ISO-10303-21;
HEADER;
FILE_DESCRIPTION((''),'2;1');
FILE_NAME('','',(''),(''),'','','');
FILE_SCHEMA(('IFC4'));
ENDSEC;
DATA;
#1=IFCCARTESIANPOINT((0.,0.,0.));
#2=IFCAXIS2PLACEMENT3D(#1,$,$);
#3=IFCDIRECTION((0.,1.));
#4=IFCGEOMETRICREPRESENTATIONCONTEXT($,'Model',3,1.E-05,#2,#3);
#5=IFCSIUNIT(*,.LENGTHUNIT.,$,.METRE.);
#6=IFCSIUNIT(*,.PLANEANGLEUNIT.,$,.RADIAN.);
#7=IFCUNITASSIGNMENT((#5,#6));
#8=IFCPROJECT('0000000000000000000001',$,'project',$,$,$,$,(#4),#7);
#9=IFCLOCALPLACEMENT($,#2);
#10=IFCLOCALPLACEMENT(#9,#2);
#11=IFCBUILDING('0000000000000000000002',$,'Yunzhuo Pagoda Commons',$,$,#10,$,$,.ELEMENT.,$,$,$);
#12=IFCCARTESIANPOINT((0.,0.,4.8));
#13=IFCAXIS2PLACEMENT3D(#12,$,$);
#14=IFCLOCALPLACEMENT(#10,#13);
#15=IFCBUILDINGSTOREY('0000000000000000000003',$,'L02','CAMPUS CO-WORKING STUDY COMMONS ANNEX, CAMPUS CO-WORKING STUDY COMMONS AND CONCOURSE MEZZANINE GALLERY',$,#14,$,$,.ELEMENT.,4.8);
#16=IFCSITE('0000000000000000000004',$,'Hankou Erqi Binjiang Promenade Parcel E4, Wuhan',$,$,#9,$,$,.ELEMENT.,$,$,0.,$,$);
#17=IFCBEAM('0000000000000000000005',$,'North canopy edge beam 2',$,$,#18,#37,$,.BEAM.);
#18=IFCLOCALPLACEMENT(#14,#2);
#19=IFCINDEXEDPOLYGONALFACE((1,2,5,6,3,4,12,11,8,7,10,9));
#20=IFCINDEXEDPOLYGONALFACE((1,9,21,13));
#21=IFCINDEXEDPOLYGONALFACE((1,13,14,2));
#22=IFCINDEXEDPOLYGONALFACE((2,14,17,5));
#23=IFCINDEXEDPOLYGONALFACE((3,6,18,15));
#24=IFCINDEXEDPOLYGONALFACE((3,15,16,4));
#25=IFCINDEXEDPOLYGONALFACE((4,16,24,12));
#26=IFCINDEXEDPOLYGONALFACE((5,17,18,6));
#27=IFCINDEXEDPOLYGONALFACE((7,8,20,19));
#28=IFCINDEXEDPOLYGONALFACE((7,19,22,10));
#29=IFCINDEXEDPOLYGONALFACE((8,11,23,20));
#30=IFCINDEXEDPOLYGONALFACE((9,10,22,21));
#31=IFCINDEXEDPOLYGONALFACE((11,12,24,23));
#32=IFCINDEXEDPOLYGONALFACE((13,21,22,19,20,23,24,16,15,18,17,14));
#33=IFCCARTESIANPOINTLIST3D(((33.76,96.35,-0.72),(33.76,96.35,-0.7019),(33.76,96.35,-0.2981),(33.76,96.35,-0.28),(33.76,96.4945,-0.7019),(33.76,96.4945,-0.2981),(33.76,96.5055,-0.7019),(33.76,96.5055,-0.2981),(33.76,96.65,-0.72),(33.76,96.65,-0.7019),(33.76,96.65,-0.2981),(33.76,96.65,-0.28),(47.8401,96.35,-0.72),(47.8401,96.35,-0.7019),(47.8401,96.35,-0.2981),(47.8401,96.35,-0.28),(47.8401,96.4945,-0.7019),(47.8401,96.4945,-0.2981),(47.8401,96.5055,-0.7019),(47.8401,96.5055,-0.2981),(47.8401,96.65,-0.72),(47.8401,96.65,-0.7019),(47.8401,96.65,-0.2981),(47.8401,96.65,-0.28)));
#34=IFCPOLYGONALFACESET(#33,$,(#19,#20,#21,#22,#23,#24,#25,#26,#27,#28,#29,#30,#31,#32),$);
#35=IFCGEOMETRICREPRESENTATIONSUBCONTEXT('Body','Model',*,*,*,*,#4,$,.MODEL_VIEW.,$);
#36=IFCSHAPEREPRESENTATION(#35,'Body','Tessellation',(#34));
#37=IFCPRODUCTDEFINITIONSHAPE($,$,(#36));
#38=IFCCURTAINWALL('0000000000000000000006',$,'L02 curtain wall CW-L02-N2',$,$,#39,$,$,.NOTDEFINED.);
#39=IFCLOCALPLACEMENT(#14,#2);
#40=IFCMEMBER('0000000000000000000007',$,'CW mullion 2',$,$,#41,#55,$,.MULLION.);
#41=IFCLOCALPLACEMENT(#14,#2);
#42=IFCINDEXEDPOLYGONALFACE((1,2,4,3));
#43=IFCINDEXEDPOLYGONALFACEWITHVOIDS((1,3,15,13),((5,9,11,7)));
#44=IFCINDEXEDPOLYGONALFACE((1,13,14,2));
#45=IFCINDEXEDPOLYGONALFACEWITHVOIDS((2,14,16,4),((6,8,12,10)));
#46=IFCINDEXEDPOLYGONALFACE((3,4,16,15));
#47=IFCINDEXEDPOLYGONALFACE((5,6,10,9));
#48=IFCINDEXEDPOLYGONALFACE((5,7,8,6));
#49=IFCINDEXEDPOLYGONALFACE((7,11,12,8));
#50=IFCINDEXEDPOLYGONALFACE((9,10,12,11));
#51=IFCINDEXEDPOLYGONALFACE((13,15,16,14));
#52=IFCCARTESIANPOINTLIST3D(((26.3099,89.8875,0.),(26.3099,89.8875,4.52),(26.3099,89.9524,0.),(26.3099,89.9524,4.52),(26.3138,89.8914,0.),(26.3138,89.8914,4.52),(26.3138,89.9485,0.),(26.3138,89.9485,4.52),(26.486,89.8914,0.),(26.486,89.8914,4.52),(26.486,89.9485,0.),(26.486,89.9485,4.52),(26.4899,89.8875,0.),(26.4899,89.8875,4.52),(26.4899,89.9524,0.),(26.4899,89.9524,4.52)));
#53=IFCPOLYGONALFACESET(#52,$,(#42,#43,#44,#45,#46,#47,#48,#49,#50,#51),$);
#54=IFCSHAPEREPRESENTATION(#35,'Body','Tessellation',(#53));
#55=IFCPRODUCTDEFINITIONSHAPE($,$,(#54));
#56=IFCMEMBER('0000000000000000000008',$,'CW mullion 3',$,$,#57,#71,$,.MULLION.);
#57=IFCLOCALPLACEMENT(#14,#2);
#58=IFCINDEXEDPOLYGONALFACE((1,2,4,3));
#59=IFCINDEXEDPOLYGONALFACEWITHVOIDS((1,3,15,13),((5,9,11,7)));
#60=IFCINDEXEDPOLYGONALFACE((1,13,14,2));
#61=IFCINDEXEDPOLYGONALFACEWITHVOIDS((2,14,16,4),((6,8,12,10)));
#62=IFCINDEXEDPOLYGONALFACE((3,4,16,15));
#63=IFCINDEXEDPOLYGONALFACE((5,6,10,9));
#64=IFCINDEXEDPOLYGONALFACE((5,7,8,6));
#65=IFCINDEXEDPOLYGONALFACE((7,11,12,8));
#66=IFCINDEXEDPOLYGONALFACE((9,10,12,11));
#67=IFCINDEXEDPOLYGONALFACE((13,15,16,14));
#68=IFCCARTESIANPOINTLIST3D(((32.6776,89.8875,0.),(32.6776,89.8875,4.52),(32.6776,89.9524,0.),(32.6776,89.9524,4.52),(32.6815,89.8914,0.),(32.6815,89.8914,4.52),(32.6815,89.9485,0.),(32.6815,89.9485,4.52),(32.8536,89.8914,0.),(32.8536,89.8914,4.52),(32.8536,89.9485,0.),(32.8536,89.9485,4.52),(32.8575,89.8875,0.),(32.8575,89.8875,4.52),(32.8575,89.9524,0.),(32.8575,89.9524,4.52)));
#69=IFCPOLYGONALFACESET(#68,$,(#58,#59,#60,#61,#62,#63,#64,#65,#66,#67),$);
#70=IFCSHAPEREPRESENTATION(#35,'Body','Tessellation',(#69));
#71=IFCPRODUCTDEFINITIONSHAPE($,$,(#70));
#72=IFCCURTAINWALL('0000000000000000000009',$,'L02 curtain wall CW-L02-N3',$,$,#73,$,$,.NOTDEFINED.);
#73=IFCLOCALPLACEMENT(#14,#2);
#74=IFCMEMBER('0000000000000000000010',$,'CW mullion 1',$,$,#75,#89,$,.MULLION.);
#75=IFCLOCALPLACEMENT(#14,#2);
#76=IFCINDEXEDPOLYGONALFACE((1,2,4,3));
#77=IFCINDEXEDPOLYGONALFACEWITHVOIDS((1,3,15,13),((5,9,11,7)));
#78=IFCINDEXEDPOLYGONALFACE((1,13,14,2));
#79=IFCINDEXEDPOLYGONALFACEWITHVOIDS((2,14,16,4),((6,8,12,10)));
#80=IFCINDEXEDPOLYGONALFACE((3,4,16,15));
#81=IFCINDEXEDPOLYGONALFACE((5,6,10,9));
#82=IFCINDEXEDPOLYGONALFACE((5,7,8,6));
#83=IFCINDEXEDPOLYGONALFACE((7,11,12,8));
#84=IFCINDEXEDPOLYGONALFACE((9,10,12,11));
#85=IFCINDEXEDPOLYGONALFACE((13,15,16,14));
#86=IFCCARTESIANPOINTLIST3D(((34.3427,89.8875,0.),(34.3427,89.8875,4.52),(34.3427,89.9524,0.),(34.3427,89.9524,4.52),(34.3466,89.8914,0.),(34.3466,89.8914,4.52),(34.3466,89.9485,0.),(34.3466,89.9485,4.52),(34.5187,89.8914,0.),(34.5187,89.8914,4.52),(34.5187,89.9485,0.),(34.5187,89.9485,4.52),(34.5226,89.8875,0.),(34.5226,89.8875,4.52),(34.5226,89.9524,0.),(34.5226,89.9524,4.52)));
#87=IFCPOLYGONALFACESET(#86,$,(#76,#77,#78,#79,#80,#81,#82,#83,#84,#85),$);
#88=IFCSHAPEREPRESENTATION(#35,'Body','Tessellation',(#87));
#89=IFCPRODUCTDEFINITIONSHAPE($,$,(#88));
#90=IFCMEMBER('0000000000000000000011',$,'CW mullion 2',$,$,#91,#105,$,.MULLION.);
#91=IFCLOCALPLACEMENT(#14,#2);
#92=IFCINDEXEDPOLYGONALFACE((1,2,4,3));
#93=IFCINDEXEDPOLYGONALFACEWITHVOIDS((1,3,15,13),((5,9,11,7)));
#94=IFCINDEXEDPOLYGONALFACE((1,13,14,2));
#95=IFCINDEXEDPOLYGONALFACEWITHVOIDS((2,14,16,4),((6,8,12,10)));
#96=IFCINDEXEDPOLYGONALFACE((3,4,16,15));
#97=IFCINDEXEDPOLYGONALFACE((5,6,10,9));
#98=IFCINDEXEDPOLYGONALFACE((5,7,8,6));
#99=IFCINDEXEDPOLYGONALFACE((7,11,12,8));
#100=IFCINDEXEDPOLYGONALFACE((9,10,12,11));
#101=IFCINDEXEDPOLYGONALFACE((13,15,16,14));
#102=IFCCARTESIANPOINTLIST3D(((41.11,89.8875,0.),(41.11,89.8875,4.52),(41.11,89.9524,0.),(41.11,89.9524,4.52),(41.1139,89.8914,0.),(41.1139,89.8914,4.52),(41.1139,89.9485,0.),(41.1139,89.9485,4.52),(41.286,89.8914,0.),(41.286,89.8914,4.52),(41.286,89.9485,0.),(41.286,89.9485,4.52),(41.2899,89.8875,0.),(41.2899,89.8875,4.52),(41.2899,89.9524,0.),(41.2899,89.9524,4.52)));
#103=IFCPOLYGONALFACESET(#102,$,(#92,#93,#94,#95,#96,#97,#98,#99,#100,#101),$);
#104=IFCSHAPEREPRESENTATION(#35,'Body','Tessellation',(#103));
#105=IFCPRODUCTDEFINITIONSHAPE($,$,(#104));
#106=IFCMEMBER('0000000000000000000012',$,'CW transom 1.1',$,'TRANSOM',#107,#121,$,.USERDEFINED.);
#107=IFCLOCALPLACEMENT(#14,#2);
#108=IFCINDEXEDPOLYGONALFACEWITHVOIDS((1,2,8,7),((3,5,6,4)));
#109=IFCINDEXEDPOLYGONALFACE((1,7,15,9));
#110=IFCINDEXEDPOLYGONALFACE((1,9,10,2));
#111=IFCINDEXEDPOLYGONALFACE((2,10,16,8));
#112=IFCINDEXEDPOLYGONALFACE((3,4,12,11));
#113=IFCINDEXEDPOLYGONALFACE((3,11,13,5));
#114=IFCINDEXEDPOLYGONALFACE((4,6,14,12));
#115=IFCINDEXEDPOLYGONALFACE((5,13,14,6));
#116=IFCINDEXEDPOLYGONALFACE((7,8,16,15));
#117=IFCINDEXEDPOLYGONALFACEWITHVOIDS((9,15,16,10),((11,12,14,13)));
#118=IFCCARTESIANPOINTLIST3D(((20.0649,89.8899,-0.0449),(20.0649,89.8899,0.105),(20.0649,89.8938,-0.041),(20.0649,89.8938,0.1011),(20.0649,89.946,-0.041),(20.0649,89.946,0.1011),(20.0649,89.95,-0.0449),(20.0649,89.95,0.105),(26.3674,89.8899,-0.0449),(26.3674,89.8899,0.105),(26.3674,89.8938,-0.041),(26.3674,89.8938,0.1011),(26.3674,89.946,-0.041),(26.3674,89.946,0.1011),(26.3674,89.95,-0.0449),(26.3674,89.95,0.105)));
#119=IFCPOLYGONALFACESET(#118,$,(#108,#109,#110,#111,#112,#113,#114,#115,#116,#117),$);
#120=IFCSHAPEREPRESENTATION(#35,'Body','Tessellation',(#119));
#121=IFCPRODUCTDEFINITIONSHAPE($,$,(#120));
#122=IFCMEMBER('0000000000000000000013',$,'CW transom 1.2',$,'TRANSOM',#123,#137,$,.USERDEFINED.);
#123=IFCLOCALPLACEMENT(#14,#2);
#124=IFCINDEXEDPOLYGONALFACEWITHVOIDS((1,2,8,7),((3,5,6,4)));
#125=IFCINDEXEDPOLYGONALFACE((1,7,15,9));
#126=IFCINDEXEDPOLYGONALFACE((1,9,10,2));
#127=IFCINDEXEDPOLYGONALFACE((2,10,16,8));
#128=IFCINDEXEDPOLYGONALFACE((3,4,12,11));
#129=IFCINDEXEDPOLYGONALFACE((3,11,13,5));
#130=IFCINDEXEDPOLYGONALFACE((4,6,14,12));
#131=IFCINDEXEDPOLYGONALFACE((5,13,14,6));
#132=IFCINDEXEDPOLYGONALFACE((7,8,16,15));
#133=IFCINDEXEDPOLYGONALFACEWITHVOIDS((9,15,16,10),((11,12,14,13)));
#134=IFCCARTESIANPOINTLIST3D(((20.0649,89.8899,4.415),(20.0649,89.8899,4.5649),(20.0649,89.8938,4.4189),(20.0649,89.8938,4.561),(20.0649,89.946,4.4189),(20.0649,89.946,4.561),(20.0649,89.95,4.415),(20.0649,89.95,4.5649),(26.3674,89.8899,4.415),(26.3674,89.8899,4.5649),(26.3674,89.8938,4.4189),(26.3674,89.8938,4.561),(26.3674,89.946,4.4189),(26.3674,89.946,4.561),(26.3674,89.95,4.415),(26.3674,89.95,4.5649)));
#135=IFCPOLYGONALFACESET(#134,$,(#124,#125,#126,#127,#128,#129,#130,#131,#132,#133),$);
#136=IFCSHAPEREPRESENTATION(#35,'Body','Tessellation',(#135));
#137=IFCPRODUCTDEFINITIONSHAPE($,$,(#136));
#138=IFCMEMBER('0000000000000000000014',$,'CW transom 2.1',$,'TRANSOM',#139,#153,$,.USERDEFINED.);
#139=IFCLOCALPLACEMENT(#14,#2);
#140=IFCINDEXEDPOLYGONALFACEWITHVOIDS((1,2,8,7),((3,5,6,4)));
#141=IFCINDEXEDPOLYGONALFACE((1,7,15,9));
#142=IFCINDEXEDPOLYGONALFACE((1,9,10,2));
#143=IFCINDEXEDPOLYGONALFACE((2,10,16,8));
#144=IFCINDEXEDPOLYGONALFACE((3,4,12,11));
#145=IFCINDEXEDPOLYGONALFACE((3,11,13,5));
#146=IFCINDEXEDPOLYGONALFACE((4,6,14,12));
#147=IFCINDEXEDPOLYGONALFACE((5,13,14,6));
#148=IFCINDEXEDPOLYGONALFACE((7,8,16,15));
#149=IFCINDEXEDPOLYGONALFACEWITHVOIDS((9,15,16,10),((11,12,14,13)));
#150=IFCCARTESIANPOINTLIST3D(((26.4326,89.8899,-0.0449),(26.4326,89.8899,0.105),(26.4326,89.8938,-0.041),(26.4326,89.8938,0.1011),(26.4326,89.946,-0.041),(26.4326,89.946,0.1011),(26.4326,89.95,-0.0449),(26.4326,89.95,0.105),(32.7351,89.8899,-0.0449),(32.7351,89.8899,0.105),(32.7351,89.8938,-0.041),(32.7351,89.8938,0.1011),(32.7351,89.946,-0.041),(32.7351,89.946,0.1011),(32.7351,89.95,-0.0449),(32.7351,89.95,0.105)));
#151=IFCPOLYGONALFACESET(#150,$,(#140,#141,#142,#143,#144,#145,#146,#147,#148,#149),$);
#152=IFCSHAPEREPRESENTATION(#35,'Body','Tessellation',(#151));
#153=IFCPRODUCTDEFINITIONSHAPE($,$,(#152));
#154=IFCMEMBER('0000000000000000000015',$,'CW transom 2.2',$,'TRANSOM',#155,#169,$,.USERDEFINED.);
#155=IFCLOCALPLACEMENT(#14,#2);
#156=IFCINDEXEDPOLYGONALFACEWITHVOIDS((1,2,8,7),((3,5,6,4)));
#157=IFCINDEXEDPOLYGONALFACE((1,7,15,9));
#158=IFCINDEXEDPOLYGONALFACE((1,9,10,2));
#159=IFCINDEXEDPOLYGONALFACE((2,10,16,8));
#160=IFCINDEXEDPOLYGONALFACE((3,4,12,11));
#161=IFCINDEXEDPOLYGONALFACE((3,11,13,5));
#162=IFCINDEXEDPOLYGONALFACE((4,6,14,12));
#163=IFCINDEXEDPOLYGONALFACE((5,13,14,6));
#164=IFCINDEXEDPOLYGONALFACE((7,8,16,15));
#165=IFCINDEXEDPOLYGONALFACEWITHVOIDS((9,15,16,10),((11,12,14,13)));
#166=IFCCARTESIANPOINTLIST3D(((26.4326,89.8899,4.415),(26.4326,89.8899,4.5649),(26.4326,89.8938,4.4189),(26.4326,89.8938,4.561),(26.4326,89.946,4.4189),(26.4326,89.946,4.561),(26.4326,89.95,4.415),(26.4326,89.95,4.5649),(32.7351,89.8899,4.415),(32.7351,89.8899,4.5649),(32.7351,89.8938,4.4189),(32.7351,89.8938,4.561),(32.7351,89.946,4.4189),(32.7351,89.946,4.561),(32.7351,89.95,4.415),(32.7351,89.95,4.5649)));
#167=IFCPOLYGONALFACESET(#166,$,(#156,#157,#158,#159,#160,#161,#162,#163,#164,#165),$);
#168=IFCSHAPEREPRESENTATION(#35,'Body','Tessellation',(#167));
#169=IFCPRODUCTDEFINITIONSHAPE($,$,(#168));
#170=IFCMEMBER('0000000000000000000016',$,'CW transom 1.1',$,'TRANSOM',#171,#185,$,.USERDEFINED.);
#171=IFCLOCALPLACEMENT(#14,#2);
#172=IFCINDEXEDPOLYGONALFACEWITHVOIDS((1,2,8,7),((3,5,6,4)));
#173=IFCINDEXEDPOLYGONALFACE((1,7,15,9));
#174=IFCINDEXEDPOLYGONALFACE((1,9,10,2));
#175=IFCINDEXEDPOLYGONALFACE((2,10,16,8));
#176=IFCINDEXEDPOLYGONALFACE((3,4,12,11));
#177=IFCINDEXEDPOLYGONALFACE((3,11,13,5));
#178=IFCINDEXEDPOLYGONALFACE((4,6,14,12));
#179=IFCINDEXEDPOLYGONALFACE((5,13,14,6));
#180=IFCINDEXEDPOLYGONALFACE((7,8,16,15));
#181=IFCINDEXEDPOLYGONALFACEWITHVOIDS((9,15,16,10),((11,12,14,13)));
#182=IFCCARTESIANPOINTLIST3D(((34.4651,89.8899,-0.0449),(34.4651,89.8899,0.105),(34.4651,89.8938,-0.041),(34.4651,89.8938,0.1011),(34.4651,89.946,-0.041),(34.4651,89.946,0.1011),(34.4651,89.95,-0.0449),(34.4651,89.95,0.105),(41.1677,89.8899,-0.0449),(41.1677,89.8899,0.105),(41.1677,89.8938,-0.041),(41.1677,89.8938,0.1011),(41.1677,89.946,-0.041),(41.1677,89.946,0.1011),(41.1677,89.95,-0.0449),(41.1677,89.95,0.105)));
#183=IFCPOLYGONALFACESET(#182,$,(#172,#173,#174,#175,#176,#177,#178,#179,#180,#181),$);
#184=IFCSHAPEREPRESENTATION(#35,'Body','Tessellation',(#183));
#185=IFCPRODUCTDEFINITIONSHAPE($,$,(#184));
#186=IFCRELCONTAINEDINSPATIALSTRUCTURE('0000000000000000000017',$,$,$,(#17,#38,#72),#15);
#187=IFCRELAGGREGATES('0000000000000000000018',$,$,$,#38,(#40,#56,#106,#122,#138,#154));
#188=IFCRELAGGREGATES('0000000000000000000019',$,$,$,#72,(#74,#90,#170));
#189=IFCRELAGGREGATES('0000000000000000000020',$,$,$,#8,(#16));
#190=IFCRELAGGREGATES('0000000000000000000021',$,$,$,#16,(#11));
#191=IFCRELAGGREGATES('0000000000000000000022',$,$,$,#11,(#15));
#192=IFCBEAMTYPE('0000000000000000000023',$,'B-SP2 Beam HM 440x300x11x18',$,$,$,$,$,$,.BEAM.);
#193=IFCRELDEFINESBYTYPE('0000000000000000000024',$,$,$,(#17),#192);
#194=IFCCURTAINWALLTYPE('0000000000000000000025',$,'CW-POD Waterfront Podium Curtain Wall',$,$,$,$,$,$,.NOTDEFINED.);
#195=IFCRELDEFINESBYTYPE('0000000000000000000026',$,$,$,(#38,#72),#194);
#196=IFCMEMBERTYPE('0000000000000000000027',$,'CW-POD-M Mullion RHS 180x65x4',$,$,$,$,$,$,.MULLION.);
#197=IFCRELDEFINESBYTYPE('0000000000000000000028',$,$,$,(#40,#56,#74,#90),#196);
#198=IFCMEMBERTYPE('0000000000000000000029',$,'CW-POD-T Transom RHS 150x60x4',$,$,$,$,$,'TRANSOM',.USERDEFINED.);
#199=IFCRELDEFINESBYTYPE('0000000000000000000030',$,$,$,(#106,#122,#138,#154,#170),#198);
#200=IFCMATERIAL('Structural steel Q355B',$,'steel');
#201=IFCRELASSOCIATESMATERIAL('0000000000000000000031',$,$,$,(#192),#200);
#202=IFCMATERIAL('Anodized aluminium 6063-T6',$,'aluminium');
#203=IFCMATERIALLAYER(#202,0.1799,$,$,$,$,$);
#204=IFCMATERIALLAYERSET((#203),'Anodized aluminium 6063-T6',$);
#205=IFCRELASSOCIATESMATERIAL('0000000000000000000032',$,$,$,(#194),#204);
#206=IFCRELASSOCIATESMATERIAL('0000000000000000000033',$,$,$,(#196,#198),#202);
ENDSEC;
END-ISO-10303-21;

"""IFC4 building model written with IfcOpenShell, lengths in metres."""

from ifc_helpers import new_model, si_unit, direction, frame, origin, origin_2d, place, context, subcontext, project, spatial, hollow_rectangle, i_section, extrude, source, transform, mapped, material, layer, layer_set, material_profile, profile_set, type_object, element, aggregate, save


model = new_model("IFC4")

# Units and contexts
model_context = context("Model", 3, precision=1e-05, world=origin(), true_north=direction((0.0, 1.0)))
body_context = subcontext(model_context, "Body", "Model", "MODEL_VIEW")
ifc_project = project(units=[si_unit("LENGTHUNIT", "METRE"), si_unit("PLANEANGLEUNIT", "RADIAN")], contexts=[model_context])

# Site, building, storey
site_placement = place(None, origin())
site = spatial("IfcSite", under=ifc_project, at=site_placement, Name="Hankou Erqi Binjiang Promenade Parcel E4, Wuhan", CompositionType="ELEMENT", RefElevation=0.0)
building_placement = place(site_placement, origin())
building = spatial("IfcBuilding", under=site, at=building_placement, Name="Yunzhuo Pagoda Commons", CompositionType="ELEMENT")
storey_placement = place(building_placement, frame((0.0, 0.0, 4.8)))
storey = spatial("IfcBuildingStorey", under=building, at=storey_placement, Name="L02", Description="CAMPUS CO-WORKING STUDY COMMONS ANNEX, CAMPUS CO-WORKING STUDY COMMONS AND CONCOURSE MEZZANINE GALLERY", CompositionType="ELEMENT", Elevation=4.8)

# Beam
ifc_material_1 = material(Name="Structural steel Q355B", Category="steel")
ifc_material_profile_1 = material_profile(ifc_material_1, i_section(OverallWidth=0.3, OverallDepth=0.4399, WebThickness=0.011, FlangeThickness=0.0181, at=origin_2d()), Name="Structural steel Q355B")
ifc_profile_set_1 = profile_set([ifc_material_profile_1], Name="Structural steel Q355B")
beam_type_1 = type_object("IfcBeamType", Name="B-SP2 Beam HM 440x300x11x18", PredefinedType="BEAM", material=ifc_profile_set_1)
shared_shape_1 = source(origin(), body_context, "Body", "SweptSolid", [
    extrude(i_section(OverallWidth=0.3, OverallDepth=0.4399, WebThickness=0.011, FlangeThickness=0.0181, at=origin_2d()), origin(), (0.0, 0.0, 1.0), 14.0801),
])
beam_1_placement = place(storey_placement, frame((33.76, 96.5, -0.5), z_axis=(1.0, 0.0, 0.0), x_axis=(0.0, 1.0, 0.0)))
element("IfcBeam", 1, at=beam_1_placement, inside=storey, type_object=beam_type_1, Name="North canopy edge beam 2", PredefinedType="BEAM", context=body_context, shape_type="MappedRepresentation", body=[
    mapped(shared_shape_1, transform((0.0, 0.0, 0.0), scale=1.0)),
])

# Curtain walls, members
ifc_material_2 = material(Name="Anodized aluminium 6063-T6", Category="aluminium")
ifc_layer_1 = layer(ifc_material_2, 0.1799)
ifc_layer_set_1 = layer_set([ifc_layer_1], Name="Anodized aluminium 6063-T6")
curtain_wall_type = type_object("IfcCurtainWallType", Name="CW-POD Waterfront Podium Curtain Wall", PredefinedType="NOTDEFINED", material=ifc_layer_set_1)
curtain_wall_1_placement = place(storey_placement, origin())
curtain_wall_1 = element("IfcCurtainWall", 2, at=curtain_wall_1_placement, inside=storey, type_object=curtain_wall_type, Name="L02 curtain wall CW-L02-N2", PredefinedType="NOTDEFINED")
ifc_material_profile_2 = material_profile(ifc_material_2, hollow_rectangle(XDim=0.0649, YDim=0.1799, WallThickness=0.0039, at=origin_2d()), Name="Anodized aluminium 6063-T6")
ifc_profile_set_2 = profile_set([ifc_material_profile_2], Name="Anodized aluminium 6063-T6")
member_type_1 = type_object("IfcMemberType", Name="CW-POD-M Mullion RHS 180x65x4", PredefinedType="MULLION", material=ifc_profile_set_2)
shared_shape_2 = source(origin(), body_context, "Body", "SweptSolid", [
    extrude(hollow_rectangle(XDim=0.0649, YDim=0.1799, WallThickness=0.0039, at=origin_2d()), origin(), (0.0, 0.0, 1.0), 4.52),
])
member_1_placement = place(storey_placement, frame((26.3999, 89.9199, 0.0), z_axis=(0.0, 0.0, 1.0), x_axis=(0.0, 1.0, 0.0)))
member_1 = element("IfcMember", 3, at=member_1_placement, type_object=member_type_1, Name="CW mullion 2", PredefinedType="MULLION", context=body_context, shape_type="MappedRepresentation", body=[
    mapped(shared_shape_2, transform((0.0, 0.0, 0.0), scale=1.0)),
])
member_2_placement = place(storey_placement, frame((32.7676, 89.9199, 0.0), z_axis=(0.0, 0.0, 1.0), x_axis=(0.0, 1.0, 0.0)))
member_2 = element("IfcMember", 4, at=member_2_placement, type_object=member_type_1, Name="CW mullion 3", PredefinedType="MULLION", context=body_context, shape_type="MappedRepresentation", body=[
    mapped(shared_shape_2, transform((0.0, 0.0, 0.0), scale=1.0)),
])
curtain_wall_2_placement = place(storey_placement, origin())
curtain_wall_2 = element("IfcCurtainWall", 5, at=curtain_wall_2_placement, inside=storey, type_object=curtain_wall_type, Name="L02 curtain wall CW-L02-N3", PredefinedType="NOTDEFINED")
member_3_placement = place(storey_placement, frame((34.4326, 89.9199, 0.0), z_axis=(0.0, 0.0, 1.0), x_axis=(0.0, 1.0, 0.0)))
member_3 = element("IfcMember", 6, at=member_3_placement, type_object=member_type_1, Name="CW mullion 1", PredefinedType="MULLION", context=body_context, shape_type="MappedRepresentation", body=[
    mapped(shared_shape_2, transform((0.0, 0.0, 0.0), scale=1.0)),
])
member_4_placement = place(storey_placement, frame((41.2, 89.9199, 0.0), z_axis=(0.0, 0.0, 1.0), x_axis=(0.0, 1.0, 0.0)))
member_4 = element("IfcMember", 7, at=member_4_placement, type_object=member_type_1, Name="CW mullion 2", PredefinedType="MULLION", context=body_context, shape_type="MappedRepresentation", body=[
    mapped(shared_shape_2, transform((0.0, 0.0, 0.0), scale=1.0)),
])

# Members
ifc_material_profile_3 = material_profile(ifc_material_2, hollow_rectangle(XDim=0.0601, YDim=0.1499, WallThickness=0.0039, at=origin_2d()), Name="Anodized aluminium 6063-T6")
ifc_profile_set_3 = profile_set([ifc_material_profile_3], Name="Anodized aluminium 6063-T6")
member_type_2 = type_object("IfcMemberType", Name="CW-POD-T Transom RHS 150x60x4", ElementType="TRANSOM", PredefinedType="USERDEFINED", material=ifc_profile_set_3)
shared_shape_3 = source(origin(), body_context, "Body", "SweptSolid", [
    extrude(hollow_rectangle(XDim=0.0601, YDim=0.1499, WallThickness=0.0039, at=origin_2d()), origin(), (0.0, 0.0, 1.0), 6.3025),
])
member_5_placement = place(storey_placement, frame((20.0649, 89.9199, 0.03), z_axis=(1.0, 0.0, 0.0), x_axis=(0.0, 1.0, 0.0)))
member_5 = element("IfcMember", 8, at=member_5_placement, type_object=member_type_2, Name="CW transom 1.1", ObjectType="TRANSOM", PredefinedType="USERDEFINED", context=body_context, shape_type="MappedRepresentation", body=[
    mapped(shared_shape_3, transform((0.0, 0.0, 0.0), scale=1.0)),
])
member_6_placement = place(storey_placement, frame((20.0649, 89.9199, 4.49), z_axis=(1.0, 0.0, 0.0), x_axis=(0.0, 1.0, 0.0)))
member_6 = element("IfcMember", 9, at=member_6_placement, type_object=member_type_2, Name="CW transom 1.2", ObjectType="TRANSOM", PredefinedType="USERDEFINED", context=body_context, shape_type="MappedRepresentation", body=[
    mapped(shared_shape_3, transform((0.0, 0.0, 0.0), scale=1.0)),
])
member_7_placement = place(storey_placement, frame((26.4326, 89.9199, 0.03), z_axis=(1.0, 0.0, 0.0), x_axis=(0.0, 1.0, 0.0)))
member_7 = element("IfcMember", 10, at=member_7_placement, type_object=member_type_2, Name="CW transom 2.1", ObjectType="TRANSOM", PredefinedType="USERDEFINED", context=body_context, shape_type="MappedRepresentation", body=[
    mapped(shared_shape_3, transform((0.0, 0.0, 0.0), scale=1.0)),
])
member_8_placement = place(storey_placement, frame((26.4326, 89.9199, 4.49), z_axis=(1.0, 0.0, 0.0), x_axis=(0.0, 1.0, 0.0)))
member_8 = element("IfcMember", 11, at=member_8_placement, type_object=member_type_2, Name="CW transom 2.2", ObjectType="TRANSOM", PredefinedType="USERDEFINED", context=body_context, shape_type="MappedRepresentation", body=[
    mapped(shared_shape_3, transform((0.0, 0.0, 0.0), scale=1.0)),
])
shared_shape_4 = source(origin(), body_context, "Body", "SweptSolid", [
    extrude(hollow_rectangle(XDim=0.0601, YDim=0.1499, WallThickness=0.0039, at=origin_2d()), origin(), (0.0, 0.0, 1.0), 6.7026),
])
member_9_placement = place(storey_placement, frame((34.4651, 89.9199, 0.03), z_axis=(1.0, 0.0, 0.0), x_axis=(0.0, 1.0, 0.0)))
member_9 = element("IfcMember", 12, at=member_9_placement, type_object=member_type_2, Name="CW transom 1.1", ObjectType="TRANSOM", PredefinedType="USERDEFINED", context=body_context, shape_type="MappedRepresentation", body=[
    mapped(shared_shape_4, transform((0.0, 0.0, 0.0), scale=1.0)),
])

aggregate(curtain_wall_1, [member_1, member_2, member_5, member_6, member_7, member_8])
aggregate(curtain_wall_2, [member_3, member_4, member_9])

save(model, "model.ifc")
